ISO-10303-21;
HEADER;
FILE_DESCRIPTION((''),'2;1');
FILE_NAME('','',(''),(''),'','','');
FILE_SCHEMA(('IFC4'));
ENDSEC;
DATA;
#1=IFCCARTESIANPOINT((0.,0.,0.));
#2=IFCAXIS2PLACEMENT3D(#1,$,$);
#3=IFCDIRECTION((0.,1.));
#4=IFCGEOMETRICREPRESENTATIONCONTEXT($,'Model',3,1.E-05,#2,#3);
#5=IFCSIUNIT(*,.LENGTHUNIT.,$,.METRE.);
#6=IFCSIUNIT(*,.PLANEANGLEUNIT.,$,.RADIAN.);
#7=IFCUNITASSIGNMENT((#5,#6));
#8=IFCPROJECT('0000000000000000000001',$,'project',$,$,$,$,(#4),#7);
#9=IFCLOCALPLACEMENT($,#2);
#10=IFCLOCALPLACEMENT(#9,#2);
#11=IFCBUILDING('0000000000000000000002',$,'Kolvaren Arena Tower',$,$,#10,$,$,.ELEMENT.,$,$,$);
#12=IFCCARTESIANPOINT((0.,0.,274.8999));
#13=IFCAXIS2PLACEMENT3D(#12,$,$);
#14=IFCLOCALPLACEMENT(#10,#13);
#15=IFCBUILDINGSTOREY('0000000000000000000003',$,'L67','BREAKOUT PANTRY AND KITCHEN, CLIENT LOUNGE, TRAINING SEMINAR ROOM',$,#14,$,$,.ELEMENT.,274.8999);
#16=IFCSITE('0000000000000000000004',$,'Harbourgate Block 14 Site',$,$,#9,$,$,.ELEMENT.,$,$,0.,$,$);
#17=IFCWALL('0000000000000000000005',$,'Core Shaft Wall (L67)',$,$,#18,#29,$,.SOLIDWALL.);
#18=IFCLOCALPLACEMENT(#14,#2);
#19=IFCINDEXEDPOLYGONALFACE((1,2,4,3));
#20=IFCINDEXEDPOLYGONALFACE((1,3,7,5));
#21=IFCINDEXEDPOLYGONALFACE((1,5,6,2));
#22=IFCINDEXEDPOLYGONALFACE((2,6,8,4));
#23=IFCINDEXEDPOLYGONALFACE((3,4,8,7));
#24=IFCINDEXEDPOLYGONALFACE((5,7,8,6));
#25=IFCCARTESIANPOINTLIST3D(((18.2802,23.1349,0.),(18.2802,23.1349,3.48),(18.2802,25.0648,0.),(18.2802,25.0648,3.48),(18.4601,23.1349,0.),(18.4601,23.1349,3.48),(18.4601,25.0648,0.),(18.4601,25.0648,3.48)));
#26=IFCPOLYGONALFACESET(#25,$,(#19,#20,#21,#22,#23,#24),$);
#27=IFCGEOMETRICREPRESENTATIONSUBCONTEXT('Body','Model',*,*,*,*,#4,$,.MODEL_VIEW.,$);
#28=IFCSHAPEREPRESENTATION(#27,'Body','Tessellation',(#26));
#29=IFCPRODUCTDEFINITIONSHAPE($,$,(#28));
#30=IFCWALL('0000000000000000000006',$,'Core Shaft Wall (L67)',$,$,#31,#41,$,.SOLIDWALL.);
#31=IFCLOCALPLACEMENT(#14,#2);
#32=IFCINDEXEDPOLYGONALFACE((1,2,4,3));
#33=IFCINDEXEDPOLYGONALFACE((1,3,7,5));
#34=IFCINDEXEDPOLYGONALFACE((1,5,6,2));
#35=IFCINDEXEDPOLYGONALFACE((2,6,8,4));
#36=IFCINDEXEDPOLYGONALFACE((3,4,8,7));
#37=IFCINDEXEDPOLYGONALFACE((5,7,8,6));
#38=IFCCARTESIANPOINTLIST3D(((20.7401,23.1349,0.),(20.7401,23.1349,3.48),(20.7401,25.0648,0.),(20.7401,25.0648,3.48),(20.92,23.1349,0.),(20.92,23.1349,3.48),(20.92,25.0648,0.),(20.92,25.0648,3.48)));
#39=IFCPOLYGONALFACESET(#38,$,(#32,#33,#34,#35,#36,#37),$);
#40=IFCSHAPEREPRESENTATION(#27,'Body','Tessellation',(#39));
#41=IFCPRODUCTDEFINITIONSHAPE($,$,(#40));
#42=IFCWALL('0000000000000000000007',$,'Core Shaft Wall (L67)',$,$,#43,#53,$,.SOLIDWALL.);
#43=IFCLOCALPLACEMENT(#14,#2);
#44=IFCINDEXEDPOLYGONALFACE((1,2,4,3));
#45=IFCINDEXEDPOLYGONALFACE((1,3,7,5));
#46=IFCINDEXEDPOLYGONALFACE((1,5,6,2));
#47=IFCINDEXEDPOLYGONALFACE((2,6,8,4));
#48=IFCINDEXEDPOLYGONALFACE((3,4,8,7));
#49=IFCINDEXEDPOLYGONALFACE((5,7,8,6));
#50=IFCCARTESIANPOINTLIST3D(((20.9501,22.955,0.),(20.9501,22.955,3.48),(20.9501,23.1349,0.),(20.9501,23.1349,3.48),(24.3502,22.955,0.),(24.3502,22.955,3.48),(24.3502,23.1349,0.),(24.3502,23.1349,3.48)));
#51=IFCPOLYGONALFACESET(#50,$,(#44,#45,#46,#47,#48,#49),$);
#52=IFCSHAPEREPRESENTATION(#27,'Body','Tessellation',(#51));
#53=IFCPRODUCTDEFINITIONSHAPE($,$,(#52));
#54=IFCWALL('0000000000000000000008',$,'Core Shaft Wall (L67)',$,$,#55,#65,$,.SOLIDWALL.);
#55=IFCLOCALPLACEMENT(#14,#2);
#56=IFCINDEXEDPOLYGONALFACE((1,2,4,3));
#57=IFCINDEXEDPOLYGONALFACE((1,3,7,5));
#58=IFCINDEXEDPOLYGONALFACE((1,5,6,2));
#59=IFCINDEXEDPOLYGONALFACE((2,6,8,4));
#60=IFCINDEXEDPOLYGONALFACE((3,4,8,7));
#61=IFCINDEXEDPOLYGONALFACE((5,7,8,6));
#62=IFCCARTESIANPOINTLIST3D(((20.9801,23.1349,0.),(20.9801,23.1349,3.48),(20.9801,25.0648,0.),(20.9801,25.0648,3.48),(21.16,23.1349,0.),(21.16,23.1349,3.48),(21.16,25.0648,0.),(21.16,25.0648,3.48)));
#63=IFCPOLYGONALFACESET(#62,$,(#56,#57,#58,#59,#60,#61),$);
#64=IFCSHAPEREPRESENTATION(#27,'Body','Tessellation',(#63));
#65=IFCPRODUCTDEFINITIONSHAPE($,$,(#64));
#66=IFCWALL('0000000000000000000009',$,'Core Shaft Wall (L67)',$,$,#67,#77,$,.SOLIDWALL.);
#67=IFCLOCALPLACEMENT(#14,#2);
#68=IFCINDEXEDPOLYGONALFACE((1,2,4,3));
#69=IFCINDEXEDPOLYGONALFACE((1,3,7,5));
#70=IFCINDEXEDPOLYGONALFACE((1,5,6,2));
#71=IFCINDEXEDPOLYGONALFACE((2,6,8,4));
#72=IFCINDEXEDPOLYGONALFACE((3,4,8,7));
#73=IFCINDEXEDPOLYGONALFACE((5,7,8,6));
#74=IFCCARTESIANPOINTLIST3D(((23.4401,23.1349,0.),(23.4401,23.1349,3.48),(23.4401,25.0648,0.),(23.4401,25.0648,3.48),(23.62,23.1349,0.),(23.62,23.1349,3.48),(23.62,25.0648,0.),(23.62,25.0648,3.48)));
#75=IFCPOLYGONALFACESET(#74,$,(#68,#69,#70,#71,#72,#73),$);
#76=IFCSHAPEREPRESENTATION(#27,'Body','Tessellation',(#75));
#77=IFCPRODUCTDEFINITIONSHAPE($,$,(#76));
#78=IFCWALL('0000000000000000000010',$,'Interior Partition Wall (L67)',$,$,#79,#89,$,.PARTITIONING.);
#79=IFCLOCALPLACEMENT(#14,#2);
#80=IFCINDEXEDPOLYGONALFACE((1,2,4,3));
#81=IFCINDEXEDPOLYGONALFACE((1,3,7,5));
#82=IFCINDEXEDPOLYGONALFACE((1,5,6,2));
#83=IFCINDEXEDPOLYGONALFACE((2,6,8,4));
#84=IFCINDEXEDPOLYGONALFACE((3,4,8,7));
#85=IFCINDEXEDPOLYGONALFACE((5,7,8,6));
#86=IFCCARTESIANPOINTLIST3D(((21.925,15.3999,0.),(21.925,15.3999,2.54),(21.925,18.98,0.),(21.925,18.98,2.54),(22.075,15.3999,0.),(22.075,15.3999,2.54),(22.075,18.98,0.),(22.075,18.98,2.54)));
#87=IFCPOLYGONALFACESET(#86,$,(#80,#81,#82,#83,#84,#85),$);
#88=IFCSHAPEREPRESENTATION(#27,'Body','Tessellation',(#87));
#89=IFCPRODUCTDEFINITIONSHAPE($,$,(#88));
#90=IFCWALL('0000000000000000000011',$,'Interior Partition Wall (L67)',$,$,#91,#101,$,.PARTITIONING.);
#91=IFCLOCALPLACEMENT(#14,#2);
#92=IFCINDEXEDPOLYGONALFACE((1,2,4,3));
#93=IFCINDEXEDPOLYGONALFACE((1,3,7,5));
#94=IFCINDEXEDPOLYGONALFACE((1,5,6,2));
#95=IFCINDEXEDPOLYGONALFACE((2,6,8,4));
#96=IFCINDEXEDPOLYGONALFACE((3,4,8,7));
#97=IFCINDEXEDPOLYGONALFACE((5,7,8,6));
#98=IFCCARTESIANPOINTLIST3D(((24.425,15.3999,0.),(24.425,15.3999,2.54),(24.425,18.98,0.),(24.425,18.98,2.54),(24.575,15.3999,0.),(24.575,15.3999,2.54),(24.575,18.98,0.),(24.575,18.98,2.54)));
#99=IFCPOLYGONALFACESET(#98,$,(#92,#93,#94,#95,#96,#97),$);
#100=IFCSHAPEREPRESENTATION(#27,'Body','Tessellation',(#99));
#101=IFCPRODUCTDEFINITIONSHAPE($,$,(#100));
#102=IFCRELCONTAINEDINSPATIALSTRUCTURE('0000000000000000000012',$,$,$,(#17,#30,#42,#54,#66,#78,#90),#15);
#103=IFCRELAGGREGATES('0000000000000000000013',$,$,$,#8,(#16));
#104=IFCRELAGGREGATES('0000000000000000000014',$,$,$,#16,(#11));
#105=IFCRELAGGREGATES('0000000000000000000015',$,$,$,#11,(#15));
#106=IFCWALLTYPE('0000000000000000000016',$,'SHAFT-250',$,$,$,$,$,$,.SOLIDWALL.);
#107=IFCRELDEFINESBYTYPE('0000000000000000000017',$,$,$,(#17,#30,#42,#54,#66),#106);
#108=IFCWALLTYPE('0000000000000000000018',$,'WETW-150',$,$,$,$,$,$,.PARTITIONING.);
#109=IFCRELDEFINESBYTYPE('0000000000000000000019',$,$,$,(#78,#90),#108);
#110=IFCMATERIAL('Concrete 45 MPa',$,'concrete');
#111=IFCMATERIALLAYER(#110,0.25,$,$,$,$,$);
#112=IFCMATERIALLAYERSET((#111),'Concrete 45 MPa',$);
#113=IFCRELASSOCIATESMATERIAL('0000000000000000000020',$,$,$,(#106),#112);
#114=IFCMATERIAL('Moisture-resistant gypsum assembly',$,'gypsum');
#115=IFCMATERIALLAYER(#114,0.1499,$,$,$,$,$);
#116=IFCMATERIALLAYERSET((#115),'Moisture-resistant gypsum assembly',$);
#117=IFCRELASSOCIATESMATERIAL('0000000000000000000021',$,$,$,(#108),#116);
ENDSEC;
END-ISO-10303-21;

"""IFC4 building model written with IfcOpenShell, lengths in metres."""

from ifc_helpers import new_model, si_unit, direction, frame, frame_2d, origin, place, context, subcontext, project, spatial, rectangle, extrude, material, layer, layer_set, type_object, element, save


model = new_model("IFC4")

# Units and contexts
model_context = context("Model", 3, precision=1e-05, world=origin(), true_north=direction((0.0, 1.0)))
body_context = subcontext(model_context, "Body", "Model", "MODEL_VIEW")
ifc_project = project(units=[si_unit("LENGTHUNIT", "METRE"), si_unit("PLANEANGLEUNIT", "RADIAN")], contexts=[model_context])

# Site, building, storey
site_placement = place(None, origin())
site = spatial("IfcSite", under=ifc_project, at=site_placement, Name="Harbourgate Block 14 Site", CompositionType="ELEMENT", RefElevation=0.0)
building_placement = place(site_placement, origin())
building = spatial("IfcBuilding", under=site, at=building_placement, Name="Kolvaren Arena Tower", CompositionType="ELEMENT")
storey_placement = place(building_placement, frame((0.0, 0.0, 274.8999)))
storey = spatial("IfcBuildingStorey", under=building, at=storey_placement, Name="L67", Description="BREAKOUT PANTRY AND KITCHEN, CLIENT LOUNGE, TRAINING SEMINAR ROOM", CompositionType="ELEMENT", Elevation=274.8999)

# Walls
ifc_material_1 = material(Name="Concrete 45 MPa", Category="concrete")
ifc_layer_1 = layer(ifc_material_1, 0.25)
ifc_layer_set_1 = layer_set([ifc_layer_1], Name="Concrete 45 MPa")
wall_type_1 = type_object("IfcWallType", Name="SHAFT-250", PredefinedType="SOLIDWALL", material=ifc_layer_set_1)
for number, where, z_axis, x_axis, name in (
    (1, (18.3701, 23.135, 0.0), (0.0, 0.0, 1.0), (0.0, 1.0, 0.0), "Core Shaft Wall (L67)"),
    (2, (20.8301, 23.135, 0.0), (0.0, 0.0, 1.0), (0.0, 1.0, 0.0), "Core Shaft Wall (L67)"),
):
    element("IfcWall", number, at=place(storey_placement, frame(where, z_axis=z_axis, x_axis=x_axis)), inside=storey, type_object=wall_type_1, Name=name, PredefinedType="SOLIDWALL", context=body_context, shape_type="SweptSolid", body=[
        extrude(rectangle(XDim=1.9299, YDim=0.1799, at=frame_2d((0.9648, 0.0))), origin(), (0.0, 0.0, 1.0), 3.48),
    ])
wall_1_placement = place(storey_placement, frame((20.95, 23.0449, 0.0), z_axis=(0.0, 0.0, 1.0), x_axis=(1.0, 0.0, 0.0)))
element("IfcWall", 3, at=wall_1_placement, inside=storey, type_object=wall_type_1, Name="Core Shaft Wall (L67)", PredefinedType="SOLIDWALL", context=body_context, shape_type="SweptSolid", body=[
    extrude(rectangle(XDim=3.4001, YDim=0.1799, at=frame_2d((1.7002, 0.0))), origin(), (0.0, 0.0, 1.0), 3.48),
])
for number, where, z_axis, x_axis, name in (
    (4, (21.0701, 23.135, 0.0), (0.0, 0.0, 1.0), (0.0, 1.0, 0.0), "Core Shaft Wall (L67)"),
    (5, (23.53, 23.135, 0.0), (0.0, 0.0, 1.0), (0.0, 1.0, 0.0), "Core Shaft Wall (L67)"),
):
    element("IfcWall", number, at=place(storey_placement, frame(where, z_axis=z_axis, x_axis=x_axis)), inside=storey, type_object=wall_type_1, Name=name, PredefinedType="SOLIDWALL", context=body_context, shape_type="SweptSolid", body=[
        extrude(rectangle(XDim=1.9299, YDim=0.1799, at=frame_2d((0.9648, 0.0))), origin(), (0.0, 0.0, 1.0), 3.48),
    ])
ifc_material_2 = material(Name="Moisture-resistant gypsum assembly", Category="gypsum")
ifc_layer_2 = layer(ifc_material_2, 0.1499)
ifc_layer_set_2 = layer_set([ifc_layer_2], Name="Moisture-resistant gypsum assembly")
wall_type_2 = type_object("IfcWallType", Name="WETW-150", PredefinedType="PARTITIONING", material=ifc_layer_set_2)
for number, where, z_axis, x_axis, name in (
    (6, (22.0, 15.3999, 0.0), (0.0, 0.0, 1.0), (0.0, 1.0, 0.0), "Interior Partition Wall (L67)"),
    (7, (24.5, 15.3999, 0.0), (0.0, 0.0, 1.0), (0.0, 1.0, 0.0), "Interior Partition Wall (L67)"),
):
    element("IfcWall", number, at=place(storey_placement, frame(where, z_axis=z_axis, x_axis=x_axis)), inside=storey, type_object=wall_type_2, Name=name, PredefinedType="PARTITIONING", context=body_context, shape_type="SweptSolid", body=[
        extrude(rectangle(XDim=3.5801, YDim=0.1499, at=frame_2d((1.79, 0.0))), origin(), (0.0, 0.0, 1.0), 2.54),
    ])

save(model, "model.ifc")
